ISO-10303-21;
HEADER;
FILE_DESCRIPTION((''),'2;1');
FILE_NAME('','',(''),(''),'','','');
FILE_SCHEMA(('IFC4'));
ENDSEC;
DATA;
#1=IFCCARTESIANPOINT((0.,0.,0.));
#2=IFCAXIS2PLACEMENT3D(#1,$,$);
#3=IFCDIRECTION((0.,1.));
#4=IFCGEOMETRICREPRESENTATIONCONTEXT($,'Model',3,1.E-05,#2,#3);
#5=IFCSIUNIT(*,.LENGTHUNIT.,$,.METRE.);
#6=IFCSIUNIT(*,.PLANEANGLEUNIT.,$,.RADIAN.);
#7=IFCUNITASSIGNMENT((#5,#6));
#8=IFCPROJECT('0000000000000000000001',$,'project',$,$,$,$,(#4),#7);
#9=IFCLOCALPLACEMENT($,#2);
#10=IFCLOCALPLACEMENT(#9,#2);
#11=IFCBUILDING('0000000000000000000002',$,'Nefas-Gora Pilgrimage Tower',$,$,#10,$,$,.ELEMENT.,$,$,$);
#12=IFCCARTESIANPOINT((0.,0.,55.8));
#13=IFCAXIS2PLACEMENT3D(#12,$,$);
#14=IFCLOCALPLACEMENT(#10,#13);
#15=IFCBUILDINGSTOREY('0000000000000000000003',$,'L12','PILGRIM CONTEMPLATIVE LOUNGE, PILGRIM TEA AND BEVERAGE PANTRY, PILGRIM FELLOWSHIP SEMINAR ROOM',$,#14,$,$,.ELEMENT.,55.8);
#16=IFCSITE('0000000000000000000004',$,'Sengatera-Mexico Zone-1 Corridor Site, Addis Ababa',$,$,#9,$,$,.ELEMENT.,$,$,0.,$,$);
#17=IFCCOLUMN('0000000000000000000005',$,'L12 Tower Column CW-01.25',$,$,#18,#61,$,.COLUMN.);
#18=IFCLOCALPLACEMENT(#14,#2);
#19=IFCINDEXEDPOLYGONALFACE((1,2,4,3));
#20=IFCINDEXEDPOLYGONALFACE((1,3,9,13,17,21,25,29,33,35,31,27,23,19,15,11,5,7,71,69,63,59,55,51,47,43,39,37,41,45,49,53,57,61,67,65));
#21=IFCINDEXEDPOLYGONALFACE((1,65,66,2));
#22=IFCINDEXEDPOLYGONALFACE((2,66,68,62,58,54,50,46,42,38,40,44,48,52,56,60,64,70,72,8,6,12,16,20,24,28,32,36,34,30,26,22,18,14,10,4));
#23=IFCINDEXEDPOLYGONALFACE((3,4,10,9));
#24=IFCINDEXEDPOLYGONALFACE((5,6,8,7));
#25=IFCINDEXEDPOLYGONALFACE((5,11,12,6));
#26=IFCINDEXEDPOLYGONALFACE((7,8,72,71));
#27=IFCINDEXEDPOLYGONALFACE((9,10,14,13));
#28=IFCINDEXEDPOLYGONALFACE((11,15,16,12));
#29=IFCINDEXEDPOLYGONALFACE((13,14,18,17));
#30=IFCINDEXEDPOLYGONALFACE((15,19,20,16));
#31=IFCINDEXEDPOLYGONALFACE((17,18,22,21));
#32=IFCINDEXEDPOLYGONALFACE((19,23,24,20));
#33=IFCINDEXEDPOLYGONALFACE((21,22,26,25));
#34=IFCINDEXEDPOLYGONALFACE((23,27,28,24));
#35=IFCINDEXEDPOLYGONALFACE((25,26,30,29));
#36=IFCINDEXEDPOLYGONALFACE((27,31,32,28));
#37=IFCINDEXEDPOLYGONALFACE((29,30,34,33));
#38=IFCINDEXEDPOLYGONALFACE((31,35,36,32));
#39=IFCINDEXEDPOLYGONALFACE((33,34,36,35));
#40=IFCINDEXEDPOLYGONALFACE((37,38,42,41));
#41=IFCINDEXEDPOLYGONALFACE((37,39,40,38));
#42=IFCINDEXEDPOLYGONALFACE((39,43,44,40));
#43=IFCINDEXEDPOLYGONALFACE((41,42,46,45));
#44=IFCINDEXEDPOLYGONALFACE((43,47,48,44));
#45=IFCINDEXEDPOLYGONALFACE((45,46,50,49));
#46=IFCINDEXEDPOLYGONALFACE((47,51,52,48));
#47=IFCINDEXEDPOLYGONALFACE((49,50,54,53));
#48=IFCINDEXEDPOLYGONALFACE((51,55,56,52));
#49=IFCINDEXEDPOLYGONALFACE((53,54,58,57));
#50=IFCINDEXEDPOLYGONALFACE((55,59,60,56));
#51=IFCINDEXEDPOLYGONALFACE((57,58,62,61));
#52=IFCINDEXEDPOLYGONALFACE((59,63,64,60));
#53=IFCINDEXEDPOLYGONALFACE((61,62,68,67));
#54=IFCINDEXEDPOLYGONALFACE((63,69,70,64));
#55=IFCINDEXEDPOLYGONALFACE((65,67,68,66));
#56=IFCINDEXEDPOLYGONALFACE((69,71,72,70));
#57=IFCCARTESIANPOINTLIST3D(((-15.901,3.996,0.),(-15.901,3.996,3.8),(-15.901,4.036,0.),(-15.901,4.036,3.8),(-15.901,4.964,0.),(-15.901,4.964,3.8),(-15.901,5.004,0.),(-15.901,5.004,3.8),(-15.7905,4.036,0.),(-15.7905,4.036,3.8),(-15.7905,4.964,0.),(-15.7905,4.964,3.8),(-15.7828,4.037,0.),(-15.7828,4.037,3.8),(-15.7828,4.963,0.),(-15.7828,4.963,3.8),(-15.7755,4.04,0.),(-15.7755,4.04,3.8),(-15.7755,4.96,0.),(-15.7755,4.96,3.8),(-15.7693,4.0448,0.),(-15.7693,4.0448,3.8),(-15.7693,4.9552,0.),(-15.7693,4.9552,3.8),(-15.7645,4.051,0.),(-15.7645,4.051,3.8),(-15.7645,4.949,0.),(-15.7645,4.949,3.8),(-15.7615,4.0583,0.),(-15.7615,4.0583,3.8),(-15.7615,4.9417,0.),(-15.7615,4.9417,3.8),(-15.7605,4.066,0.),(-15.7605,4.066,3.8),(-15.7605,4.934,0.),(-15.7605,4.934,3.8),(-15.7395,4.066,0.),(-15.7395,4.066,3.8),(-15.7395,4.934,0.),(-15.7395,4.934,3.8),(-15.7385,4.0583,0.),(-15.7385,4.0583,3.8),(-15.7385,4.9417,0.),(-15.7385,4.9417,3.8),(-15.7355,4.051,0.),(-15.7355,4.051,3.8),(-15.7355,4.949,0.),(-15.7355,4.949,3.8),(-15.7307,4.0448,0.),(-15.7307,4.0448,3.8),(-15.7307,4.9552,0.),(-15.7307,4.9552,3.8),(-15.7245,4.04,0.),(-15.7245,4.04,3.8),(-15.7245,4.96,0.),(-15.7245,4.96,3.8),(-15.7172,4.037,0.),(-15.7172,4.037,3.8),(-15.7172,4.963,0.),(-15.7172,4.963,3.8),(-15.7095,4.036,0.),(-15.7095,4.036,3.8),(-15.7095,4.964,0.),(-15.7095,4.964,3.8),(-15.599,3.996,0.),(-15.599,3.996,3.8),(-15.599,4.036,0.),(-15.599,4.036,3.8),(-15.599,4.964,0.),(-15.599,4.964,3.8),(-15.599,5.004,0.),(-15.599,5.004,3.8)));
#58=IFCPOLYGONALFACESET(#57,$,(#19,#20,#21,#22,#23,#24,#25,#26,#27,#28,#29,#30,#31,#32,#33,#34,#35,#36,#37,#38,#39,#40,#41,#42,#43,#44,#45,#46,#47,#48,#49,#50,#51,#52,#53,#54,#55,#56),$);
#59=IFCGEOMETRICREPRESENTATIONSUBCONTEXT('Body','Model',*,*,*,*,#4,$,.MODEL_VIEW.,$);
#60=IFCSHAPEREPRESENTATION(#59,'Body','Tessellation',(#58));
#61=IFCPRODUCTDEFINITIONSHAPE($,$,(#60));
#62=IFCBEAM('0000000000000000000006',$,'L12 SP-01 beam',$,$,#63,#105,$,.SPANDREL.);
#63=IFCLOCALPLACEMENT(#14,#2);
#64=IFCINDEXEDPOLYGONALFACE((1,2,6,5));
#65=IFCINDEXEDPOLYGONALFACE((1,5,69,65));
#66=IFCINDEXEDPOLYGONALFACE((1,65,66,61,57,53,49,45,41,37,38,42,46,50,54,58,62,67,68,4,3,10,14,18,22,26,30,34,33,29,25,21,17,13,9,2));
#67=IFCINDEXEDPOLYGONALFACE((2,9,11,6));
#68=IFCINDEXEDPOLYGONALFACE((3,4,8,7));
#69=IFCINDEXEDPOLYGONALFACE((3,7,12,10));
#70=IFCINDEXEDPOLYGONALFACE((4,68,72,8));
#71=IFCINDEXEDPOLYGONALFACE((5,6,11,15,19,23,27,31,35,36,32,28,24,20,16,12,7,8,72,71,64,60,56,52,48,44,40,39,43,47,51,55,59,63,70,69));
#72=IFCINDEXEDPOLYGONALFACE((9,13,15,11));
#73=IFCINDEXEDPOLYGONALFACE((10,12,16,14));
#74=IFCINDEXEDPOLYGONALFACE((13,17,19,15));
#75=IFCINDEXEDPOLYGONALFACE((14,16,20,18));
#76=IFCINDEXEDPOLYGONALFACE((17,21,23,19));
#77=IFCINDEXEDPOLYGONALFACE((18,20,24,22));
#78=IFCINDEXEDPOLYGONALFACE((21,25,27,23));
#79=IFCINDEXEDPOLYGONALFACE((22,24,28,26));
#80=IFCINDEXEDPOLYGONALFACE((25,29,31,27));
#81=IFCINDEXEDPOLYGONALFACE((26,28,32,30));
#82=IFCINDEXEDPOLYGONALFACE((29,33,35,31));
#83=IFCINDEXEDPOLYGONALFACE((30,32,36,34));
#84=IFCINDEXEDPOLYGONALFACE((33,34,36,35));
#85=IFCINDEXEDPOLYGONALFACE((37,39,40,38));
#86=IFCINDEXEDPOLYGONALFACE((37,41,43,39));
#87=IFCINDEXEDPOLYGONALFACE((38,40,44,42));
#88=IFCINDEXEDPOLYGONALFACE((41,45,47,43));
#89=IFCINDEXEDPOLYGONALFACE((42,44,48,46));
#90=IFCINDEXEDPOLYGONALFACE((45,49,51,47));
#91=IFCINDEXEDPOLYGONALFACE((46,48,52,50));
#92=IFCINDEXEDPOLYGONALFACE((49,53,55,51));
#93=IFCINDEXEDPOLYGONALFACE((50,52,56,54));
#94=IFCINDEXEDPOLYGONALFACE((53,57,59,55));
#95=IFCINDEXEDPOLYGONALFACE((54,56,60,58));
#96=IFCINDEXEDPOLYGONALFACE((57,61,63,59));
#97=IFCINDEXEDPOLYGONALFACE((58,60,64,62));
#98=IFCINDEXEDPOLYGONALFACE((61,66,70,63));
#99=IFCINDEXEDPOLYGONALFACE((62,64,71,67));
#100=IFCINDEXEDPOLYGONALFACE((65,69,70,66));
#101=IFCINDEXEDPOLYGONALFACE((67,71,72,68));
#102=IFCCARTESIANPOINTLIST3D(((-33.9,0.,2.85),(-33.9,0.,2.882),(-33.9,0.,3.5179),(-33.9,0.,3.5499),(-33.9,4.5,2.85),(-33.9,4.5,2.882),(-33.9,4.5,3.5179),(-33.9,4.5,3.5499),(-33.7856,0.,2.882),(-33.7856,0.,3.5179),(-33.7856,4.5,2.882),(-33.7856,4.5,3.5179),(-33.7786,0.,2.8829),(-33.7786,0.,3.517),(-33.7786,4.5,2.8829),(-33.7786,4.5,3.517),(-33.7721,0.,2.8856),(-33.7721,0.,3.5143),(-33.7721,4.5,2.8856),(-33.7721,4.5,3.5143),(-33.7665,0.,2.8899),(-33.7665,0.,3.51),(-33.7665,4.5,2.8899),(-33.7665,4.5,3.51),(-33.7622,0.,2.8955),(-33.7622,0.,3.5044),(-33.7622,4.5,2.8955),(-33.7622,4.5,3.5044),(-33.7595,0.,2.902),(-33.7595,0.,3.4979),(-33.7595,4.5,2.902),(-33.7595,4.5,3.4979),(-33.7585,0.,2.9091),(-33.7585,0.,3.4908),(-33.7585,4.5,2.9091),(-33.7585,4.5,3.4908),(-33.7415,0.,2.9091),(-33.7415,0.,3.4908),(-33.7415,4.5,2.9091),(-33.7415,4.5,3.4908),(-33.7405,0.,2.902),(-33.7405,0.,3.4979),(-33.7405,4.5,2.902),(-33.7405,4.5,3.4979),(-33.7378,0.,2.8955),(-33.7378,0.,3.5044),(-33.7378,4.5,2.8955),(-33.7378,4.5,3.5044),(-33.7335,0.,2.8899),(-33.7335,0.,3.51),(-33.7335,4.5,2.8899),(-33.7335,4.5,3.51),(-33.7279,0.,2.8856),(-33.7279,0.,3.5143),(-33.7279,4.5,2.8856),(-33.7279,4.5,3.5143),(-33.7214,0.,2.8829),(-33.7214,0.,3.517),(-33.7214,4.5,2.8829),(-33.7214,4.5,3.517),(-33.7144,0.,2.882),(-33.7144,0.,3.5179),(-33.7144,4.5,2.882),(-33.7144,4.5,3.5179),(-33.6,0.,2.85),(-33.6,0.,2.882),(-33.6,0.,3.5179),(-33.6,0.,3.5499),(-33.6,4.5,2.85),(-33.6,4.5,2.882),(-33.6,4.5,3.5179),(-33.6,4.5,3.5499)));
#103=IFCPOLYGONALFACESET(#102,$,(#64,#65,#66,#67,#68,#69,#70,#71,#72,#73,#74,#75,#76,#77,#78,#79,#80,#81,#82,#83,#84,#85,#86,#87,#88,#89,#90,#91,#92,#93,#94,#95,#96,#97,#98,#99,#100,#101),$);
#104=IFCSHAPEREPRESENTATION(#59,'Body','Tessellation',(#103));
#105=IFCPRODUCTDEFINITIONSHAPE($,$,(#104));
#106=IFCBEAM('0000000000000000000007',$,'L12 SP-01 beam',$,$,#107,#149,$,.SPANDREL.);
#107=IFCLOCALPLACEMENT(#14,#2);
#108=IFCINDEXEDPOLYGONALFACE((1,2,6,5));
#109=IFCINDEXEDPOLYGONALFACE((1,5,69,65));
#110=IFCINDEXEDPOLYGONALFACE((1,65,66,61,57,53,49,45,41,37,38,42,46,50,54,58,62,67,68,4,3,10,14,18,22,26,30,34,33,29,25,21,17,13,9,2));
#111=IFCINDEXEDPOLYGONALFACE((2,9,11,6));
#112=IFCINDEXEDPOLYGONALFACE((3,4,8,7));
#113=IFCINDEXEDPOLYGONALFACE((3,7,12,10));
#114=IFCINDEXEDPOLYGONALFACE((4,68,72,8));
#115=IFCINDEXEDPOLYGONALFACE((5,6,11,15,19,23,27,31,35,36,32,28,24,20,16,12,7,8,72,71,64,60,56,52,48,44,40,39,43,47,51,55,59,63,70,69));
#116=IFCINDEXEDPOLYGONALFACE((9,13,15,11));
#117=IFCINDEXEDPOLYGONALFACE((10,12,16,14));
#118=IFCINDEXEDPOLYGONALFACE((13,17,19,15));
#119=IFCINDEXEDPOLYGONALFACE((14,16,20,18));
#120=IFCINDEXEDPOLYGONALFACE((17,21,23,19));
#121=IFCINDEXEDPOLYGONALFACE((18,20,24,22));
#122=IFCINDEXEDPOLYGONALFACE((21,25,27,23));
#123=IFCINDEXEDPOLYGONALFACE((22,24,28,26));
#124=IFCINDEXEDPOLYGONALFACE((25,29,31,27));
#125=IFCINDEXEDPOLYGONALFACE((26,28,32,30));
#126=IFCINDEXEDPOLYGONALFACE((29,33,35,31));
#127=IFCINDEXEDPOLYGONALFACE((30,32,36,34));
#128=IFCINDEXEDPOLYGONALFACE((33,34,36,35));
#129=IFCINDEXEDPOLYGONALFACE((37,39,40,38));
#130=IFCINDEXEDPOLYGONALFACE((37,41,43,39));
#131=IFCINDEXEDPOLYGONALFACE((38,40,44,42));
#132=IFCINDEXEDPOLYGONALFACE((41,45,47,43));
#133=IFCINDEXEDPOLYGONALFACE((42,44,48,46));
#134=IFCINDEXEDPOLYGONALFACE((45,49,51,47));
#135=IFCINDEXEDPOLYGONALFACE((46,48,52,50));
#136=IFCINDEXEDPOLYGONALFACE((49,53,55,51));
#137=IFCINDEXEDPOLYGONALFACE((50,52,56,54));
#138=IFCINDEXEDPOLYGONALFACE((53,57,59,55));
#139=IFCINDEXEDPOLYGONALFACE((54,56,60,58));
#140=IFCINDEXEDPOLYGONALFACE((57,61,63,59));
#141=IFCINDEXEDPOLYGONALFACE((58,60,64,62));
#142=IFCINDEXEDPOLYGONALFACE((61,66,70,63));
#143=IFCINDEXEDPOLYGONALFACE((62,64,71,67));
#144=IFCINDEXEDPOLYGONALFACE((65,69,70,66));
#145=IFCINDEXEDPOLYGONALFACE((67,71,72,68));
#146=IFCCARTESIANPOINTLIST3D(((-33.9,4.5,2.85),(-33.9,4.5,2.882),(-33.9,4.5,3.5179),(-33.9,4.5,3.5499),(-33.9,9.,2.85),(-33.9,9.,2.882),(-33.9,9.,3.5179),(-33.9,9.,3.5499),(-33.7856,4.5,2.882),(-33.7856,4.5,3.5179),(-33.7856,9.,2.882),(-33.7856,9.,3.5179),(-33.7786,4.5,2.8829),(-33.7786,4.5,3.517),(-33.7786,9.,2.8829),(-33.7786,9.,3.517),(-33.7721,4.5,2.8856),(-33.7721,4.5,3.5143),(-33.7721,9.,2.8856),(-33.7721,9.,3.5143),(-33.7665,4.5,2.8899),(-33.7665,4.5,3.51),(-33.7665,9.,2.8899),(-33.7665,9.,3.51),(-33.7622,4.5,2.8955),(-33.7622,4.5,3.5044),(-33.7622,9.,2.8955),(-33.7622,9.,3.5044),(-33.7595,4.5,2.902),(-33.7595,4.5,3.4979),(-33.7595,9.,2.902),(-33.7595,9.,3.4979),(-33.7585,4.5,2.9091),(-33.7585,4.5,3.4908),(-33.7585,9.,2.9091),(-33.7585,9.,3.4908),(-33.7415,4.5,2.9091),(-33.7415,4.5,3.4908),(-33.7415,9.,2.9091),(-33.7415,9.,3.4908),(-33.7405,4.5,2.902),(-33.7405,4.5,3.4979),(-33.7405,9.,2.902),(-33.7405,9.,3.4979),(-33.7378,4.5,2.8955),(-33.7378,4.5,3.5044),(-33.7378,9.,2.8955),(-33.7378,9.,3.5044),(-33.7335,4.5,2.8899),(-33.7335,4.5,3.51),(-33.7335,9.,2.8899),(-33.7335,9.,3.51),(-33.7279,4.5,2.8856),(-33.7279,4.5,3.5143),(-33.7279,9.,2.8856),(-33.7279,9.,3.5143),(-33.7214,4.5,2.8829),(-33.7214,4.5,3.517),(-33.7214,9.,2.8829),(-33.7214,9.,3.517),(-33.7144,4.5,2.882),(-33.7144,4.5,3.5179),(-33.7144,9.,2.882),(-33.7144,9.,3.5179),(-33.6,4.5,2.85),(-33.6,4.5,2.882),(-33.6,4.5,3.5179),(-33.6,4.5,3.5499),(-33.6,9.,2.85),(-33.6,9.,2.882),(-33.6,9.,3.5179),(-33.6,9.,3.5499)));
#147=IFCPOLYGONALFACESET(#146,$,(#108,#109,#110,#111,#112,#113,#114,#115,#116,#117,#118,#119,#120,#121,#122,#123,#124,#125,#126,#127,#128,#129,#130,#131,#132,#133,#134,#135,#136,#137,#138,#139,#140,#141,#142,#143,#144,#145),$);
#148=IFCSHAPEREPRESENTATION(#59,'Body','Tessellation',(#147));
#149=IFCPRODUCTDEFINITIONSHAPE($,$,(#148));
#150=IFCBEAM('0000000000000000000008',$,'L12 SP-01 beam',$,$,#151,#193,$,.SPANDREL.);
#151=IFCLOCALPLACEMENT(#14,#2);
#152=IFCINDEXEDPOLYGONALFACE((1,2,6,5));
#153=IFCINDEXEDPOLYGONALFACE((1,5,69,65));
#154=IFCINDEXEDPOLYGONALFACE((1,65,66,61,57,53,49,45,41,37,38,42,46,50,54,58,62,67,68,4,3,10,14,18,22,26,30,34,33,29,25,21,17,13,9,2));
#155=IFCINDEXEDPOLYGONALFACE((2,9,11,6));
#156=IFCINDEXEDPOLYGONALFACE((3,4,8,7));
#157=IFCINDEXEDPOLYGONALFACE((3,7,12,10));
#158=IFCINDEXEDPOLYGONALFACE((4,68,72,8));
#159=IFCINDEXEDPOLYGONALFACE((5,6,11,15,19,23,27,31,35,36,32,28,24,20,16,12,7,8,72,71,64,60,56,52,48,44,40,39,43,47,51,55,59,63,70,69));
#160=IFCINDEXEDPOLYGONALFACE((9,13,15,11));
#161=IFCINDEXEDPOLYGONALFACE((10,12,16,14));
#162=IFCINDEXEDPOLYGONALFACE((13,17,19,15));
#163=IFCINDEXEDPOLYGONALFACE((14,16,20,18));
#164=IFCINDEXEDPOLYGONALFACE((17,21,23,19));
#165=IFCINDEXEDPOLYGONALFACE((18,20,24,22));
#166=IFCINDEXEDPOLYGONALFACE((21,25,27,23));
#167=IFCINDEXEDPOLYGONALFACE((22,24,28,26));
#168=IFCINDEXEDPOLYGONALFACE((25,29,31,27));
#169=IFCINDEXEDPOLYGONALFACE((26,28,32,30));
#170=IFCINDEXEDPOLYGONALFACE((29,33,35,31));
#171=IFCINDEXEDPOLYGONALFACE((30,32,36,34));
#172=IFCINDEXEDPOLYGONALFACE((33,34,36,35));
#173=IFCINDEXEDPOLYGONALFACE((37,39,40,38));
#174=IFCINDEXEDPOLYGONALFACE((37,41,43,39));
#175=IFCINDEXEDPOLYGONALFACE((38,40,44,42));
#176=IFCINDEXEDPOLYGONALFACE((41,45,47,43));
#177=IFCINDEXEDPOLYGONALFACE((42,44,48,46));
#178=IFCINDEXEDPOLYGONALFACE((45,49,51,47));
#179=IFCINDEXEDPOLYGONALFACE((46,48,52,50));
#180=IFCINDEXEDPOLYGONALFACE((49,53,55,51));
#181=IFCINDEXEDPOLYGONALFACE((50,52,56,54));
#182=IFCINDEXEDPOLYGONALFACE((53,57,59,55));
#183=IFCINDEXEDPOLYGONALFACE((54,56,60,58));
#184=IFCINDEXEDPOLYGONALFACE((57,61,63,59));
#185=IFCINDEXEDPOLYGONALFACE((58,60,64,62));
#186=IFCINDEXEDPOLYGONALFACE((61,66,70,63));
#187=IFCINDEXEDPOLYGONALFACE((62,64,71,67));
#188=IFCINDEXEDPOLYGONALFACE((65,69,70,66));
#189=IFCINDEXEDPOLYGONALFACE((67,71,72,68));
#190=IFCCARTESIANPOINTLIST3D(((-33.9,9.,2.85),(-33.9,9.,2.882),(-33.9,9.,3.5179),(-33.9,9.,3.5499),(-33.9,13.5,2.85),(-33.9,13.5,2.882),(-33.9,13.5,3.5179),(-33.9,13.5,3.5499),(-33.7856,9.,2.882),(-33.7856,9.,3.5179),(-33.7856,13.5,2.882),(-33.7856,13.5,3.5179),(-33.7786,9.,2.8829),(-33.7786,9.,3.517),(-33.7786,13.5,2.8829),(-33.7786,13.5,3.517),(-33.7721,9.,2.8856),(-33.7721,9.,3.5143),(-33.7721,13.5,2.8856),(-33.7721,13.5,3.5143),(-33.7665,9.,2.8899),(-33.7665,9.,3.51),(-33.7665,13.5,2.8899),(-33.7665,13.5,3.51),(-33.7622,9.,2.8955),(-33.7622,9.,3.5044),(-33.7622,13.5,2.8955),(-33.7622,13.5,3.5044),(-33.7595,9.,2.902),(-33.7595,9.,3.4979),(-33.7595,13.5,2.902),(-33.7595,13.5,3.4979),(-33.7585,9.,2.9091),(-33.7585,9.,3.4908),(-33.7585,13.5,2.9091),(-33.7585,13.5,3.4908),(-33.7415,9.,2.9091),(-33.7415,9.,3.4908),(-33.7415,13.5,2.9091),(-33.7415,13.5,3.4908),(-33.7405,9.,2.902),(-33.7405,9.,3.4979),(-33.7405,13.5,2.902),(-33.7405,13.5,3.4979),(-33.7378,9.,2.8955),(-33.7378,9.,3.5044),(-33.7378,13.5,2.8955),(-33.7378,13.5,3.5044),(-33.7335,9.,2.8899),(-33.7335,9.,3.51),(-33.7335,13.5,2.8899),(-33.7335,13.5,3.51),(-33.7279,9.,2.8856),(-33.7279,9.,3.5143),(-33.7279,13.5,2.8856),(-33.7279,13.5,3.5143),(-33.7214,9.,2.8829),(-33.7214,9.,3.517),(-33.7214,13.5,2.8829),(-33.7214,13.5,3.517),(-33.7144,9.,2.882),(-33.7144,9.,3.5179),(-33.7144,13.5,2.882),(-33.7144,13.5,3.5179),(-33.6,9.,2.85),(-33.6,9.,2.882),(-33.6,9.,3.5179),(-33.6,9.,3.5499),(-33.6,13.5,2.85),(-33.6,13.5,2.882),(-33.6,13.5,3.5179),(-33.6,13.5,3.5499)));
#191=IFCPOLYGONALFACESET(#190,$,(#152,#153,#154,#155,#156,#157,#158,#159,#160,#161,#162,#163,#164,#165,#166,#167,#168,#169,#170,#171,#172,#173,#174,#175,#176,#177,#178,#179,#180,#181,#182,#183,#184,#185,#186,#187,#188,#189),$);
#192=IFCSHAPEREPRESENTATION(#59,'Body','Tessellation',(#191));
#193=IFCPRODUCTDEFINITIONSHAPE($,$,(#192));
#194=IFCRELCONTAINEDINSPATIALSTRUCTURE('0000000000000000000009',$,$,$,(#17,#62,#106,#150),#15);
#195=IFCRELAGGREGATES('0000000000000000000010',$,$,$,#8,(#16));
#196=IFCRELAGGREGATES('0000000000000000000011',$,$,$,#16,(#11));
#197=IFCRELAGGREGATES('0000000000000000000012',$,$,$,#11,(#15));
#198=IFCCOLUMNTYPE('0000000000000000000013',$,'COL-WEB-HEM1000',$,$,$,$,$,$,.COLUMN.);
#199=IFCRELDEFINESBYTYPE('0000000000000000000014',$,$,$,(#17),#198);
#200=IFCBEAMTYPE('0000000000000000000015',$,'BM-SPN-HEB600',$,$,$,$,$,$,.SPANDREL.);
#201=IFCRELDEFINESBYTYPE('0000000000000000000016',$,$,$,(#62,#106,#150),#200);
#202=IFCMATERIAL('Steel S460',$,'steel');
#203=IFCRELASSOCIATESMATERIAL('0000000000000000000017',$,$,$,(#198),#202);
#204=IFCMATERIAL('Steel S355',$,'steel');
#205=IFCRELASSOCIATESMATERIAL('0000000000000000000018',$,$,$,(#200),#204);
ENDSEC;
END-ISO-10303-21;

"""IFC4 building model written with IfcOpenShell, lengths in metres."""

from ifc_helpers import new_model, si_unit, direction, frame, origin, origin_2d, place, context, subcontext, project, spatial, i_section, extrude, source, transform, mapped, material, material_profile, profile_set, type_object, element, save


model = new_model("IFC4")

# Units and contexts
model_context = context("Model", 3, precision=1e-05, world=origin(), true_north=direction((0.0, 1.0)))
body_context = subcontext(model_context, "Body", "Model", "MODEL_VIEW")
ifc_project = project(units=[si_unit("LENGTHUNIT", "METRE"), si_unit("PLANEANGLEUNIT", "RADIAN")], contexts=[model_context])

# Site, building, storey
site_placement = place(None, origin())
site = spatial("IfcSite", under=ifc_project, at=site_placement, Name="Sengatera-Mexico Zone-1 Corridor Site, Addis Ababa", CompositionType="ELEMENT", RefElevation=0.0)
building_placement = place(site_placement, origin())
building = spatial("IfcBuilding", under=site, at=building_placement, Name="Nefas-Gora Pilgrimage Tower", CompositionType="ELEMENT")
storey_placement = place(building_placement, frame((0.0, 0.0, 55.8)))
storey = spatial("IfcBuildingStorey", under=building, at=storey_placement, Name="L12", Description="PILGRIM CONTEMPLATIVE LOUNGE, PILGRIM TEA AND BEVERAGE PANTRY, PILGRIM FELLOWSHIP SEMINAR ROOM", CompositionType="ELEMENT", Elevation=55.8)

# Column
ifc_material_1 = material(Name="Steel S460", Category="steel")
ifc_material_profile_1 = material_profile(ifc_material_1, i_section(OverallWidth=0.302, OverallDepth=1.0081, WebThickness=0.021, FlangeThickness=0.04, FilletRadius=0.03, at=origin_2d()), Name="HEM 1000")
ifc_profile_set_1 = profile_set([ifc_material_profile_1], Name="Steel S460")
column_type_1 = type_object("IfcColumnType", Name="COL-WEB-HEM1000", PredefinedType="COLUMN", material=ifc_profile_set_1)
shared_shape_1 = source(origin(), body_context, "Body", "SweptSolid", [
    extrude(i_section(OverallWidth=0.302, OverallDepth=1.0081, WebThickness=0.021, FlangeThickness=0.04, FilletRadius=0.03, at=origin_2d()), origin(), (0.0, 0.0, 1.0), 3.8),
])
for number, where, z_axis, x_axis, name in (
    (1, (-15.75, 4.5, 0.0), (0.0, 0.0, 1.0), (1.0, 0.0, 0.0), "L12 Tower Column CW-01.25"),
):
    element("IfcColumn", number, at=place(storey_placement, frame(where, z_axis=z_axis, x_axis=x_axis)), inside=storey, type_object=column_type_1, Name=name, PredefinedType="COLUMN", context=body_context, shape_type="MappedRepresentation", body=[
        mapped(shared_shape_1, transform((0.0, 0.0, 0.0), x_axis=(1.0, 0.0, 0.0), y_axis=(0.0, 1.0, 0.0), z_axis=(0.0, 0.0, 1.0), scale=1.0)),
    ])

# Beams
ifc_material_2 = material(Name="Steel S355", Category="steel")
ifc_material_profile_2 = material_profile(ifc_material_2, i_section(OverallWidth=0.3, OverallDepth=0.7, WebThickness=0.0171, FlangeThickness=0.032, FilletRadius=0.0271, at=origin_2d()), Name="HEB 700")
ifc_profile_set_2 = profile_set([ifc_material_profile_2], Name="Steel S355")
beam_type_1 = type_object("IfcBeamType", Name="BM-SPN-HEB600", PredefinedType="SPANDREL", material=ifc_profile_set_2)
shared_shape_2 = source(origin(), body_context, "Body", "SweptSolid", [
    extrude(i_section(OverallWidth=0.3, OverallDepth=0.7, WebThickness=0.0171, FlangeThickness=0.032, FilletRadius=0.0271, at=origin_2d()), origin(), (0.0, 0.0, 1.0), 4.5),
])
for number, where, z_axis, x_axis, name in (
    (2, (-33.75, 0.0, 3.2), (0.0, 1.0, 0.0), (-1.0, 0.0, 0.0), "L12 SP-01 beam"),
    (3, (-33.75, 4.5, 3.2), (0.0, 1.0, 0.0), (-1.0, 0.0, 0.0), "L12 SP-01 beam"),
    (4, (-33.75, 9.0, 3.2), (0.0, 1.0, 0.0), (-1.0, 0.0, 0.0), "L12 SP-01 beam"),
):
    element("IfcBeam", number, at=place(storey_placement, frame(where, z_axis=z_axis, x_axis=x_axis)), inside=storey, type_object=beam_type_1, Name=name, PredefinedType="SPANDREL", context=body_context, shape_type="MappedRepresentation", body=[
        mapped(shared_shape_2, transform((0.0, 0.0, 0.0), x_axis=(1.0, 0.0, 0.0), y_axis=(0.0, 1.0, 0.0), z_axis=(0.0, 0.0, 1.0), scale=1.0)),
    ])

save(model, "model.ifc")
